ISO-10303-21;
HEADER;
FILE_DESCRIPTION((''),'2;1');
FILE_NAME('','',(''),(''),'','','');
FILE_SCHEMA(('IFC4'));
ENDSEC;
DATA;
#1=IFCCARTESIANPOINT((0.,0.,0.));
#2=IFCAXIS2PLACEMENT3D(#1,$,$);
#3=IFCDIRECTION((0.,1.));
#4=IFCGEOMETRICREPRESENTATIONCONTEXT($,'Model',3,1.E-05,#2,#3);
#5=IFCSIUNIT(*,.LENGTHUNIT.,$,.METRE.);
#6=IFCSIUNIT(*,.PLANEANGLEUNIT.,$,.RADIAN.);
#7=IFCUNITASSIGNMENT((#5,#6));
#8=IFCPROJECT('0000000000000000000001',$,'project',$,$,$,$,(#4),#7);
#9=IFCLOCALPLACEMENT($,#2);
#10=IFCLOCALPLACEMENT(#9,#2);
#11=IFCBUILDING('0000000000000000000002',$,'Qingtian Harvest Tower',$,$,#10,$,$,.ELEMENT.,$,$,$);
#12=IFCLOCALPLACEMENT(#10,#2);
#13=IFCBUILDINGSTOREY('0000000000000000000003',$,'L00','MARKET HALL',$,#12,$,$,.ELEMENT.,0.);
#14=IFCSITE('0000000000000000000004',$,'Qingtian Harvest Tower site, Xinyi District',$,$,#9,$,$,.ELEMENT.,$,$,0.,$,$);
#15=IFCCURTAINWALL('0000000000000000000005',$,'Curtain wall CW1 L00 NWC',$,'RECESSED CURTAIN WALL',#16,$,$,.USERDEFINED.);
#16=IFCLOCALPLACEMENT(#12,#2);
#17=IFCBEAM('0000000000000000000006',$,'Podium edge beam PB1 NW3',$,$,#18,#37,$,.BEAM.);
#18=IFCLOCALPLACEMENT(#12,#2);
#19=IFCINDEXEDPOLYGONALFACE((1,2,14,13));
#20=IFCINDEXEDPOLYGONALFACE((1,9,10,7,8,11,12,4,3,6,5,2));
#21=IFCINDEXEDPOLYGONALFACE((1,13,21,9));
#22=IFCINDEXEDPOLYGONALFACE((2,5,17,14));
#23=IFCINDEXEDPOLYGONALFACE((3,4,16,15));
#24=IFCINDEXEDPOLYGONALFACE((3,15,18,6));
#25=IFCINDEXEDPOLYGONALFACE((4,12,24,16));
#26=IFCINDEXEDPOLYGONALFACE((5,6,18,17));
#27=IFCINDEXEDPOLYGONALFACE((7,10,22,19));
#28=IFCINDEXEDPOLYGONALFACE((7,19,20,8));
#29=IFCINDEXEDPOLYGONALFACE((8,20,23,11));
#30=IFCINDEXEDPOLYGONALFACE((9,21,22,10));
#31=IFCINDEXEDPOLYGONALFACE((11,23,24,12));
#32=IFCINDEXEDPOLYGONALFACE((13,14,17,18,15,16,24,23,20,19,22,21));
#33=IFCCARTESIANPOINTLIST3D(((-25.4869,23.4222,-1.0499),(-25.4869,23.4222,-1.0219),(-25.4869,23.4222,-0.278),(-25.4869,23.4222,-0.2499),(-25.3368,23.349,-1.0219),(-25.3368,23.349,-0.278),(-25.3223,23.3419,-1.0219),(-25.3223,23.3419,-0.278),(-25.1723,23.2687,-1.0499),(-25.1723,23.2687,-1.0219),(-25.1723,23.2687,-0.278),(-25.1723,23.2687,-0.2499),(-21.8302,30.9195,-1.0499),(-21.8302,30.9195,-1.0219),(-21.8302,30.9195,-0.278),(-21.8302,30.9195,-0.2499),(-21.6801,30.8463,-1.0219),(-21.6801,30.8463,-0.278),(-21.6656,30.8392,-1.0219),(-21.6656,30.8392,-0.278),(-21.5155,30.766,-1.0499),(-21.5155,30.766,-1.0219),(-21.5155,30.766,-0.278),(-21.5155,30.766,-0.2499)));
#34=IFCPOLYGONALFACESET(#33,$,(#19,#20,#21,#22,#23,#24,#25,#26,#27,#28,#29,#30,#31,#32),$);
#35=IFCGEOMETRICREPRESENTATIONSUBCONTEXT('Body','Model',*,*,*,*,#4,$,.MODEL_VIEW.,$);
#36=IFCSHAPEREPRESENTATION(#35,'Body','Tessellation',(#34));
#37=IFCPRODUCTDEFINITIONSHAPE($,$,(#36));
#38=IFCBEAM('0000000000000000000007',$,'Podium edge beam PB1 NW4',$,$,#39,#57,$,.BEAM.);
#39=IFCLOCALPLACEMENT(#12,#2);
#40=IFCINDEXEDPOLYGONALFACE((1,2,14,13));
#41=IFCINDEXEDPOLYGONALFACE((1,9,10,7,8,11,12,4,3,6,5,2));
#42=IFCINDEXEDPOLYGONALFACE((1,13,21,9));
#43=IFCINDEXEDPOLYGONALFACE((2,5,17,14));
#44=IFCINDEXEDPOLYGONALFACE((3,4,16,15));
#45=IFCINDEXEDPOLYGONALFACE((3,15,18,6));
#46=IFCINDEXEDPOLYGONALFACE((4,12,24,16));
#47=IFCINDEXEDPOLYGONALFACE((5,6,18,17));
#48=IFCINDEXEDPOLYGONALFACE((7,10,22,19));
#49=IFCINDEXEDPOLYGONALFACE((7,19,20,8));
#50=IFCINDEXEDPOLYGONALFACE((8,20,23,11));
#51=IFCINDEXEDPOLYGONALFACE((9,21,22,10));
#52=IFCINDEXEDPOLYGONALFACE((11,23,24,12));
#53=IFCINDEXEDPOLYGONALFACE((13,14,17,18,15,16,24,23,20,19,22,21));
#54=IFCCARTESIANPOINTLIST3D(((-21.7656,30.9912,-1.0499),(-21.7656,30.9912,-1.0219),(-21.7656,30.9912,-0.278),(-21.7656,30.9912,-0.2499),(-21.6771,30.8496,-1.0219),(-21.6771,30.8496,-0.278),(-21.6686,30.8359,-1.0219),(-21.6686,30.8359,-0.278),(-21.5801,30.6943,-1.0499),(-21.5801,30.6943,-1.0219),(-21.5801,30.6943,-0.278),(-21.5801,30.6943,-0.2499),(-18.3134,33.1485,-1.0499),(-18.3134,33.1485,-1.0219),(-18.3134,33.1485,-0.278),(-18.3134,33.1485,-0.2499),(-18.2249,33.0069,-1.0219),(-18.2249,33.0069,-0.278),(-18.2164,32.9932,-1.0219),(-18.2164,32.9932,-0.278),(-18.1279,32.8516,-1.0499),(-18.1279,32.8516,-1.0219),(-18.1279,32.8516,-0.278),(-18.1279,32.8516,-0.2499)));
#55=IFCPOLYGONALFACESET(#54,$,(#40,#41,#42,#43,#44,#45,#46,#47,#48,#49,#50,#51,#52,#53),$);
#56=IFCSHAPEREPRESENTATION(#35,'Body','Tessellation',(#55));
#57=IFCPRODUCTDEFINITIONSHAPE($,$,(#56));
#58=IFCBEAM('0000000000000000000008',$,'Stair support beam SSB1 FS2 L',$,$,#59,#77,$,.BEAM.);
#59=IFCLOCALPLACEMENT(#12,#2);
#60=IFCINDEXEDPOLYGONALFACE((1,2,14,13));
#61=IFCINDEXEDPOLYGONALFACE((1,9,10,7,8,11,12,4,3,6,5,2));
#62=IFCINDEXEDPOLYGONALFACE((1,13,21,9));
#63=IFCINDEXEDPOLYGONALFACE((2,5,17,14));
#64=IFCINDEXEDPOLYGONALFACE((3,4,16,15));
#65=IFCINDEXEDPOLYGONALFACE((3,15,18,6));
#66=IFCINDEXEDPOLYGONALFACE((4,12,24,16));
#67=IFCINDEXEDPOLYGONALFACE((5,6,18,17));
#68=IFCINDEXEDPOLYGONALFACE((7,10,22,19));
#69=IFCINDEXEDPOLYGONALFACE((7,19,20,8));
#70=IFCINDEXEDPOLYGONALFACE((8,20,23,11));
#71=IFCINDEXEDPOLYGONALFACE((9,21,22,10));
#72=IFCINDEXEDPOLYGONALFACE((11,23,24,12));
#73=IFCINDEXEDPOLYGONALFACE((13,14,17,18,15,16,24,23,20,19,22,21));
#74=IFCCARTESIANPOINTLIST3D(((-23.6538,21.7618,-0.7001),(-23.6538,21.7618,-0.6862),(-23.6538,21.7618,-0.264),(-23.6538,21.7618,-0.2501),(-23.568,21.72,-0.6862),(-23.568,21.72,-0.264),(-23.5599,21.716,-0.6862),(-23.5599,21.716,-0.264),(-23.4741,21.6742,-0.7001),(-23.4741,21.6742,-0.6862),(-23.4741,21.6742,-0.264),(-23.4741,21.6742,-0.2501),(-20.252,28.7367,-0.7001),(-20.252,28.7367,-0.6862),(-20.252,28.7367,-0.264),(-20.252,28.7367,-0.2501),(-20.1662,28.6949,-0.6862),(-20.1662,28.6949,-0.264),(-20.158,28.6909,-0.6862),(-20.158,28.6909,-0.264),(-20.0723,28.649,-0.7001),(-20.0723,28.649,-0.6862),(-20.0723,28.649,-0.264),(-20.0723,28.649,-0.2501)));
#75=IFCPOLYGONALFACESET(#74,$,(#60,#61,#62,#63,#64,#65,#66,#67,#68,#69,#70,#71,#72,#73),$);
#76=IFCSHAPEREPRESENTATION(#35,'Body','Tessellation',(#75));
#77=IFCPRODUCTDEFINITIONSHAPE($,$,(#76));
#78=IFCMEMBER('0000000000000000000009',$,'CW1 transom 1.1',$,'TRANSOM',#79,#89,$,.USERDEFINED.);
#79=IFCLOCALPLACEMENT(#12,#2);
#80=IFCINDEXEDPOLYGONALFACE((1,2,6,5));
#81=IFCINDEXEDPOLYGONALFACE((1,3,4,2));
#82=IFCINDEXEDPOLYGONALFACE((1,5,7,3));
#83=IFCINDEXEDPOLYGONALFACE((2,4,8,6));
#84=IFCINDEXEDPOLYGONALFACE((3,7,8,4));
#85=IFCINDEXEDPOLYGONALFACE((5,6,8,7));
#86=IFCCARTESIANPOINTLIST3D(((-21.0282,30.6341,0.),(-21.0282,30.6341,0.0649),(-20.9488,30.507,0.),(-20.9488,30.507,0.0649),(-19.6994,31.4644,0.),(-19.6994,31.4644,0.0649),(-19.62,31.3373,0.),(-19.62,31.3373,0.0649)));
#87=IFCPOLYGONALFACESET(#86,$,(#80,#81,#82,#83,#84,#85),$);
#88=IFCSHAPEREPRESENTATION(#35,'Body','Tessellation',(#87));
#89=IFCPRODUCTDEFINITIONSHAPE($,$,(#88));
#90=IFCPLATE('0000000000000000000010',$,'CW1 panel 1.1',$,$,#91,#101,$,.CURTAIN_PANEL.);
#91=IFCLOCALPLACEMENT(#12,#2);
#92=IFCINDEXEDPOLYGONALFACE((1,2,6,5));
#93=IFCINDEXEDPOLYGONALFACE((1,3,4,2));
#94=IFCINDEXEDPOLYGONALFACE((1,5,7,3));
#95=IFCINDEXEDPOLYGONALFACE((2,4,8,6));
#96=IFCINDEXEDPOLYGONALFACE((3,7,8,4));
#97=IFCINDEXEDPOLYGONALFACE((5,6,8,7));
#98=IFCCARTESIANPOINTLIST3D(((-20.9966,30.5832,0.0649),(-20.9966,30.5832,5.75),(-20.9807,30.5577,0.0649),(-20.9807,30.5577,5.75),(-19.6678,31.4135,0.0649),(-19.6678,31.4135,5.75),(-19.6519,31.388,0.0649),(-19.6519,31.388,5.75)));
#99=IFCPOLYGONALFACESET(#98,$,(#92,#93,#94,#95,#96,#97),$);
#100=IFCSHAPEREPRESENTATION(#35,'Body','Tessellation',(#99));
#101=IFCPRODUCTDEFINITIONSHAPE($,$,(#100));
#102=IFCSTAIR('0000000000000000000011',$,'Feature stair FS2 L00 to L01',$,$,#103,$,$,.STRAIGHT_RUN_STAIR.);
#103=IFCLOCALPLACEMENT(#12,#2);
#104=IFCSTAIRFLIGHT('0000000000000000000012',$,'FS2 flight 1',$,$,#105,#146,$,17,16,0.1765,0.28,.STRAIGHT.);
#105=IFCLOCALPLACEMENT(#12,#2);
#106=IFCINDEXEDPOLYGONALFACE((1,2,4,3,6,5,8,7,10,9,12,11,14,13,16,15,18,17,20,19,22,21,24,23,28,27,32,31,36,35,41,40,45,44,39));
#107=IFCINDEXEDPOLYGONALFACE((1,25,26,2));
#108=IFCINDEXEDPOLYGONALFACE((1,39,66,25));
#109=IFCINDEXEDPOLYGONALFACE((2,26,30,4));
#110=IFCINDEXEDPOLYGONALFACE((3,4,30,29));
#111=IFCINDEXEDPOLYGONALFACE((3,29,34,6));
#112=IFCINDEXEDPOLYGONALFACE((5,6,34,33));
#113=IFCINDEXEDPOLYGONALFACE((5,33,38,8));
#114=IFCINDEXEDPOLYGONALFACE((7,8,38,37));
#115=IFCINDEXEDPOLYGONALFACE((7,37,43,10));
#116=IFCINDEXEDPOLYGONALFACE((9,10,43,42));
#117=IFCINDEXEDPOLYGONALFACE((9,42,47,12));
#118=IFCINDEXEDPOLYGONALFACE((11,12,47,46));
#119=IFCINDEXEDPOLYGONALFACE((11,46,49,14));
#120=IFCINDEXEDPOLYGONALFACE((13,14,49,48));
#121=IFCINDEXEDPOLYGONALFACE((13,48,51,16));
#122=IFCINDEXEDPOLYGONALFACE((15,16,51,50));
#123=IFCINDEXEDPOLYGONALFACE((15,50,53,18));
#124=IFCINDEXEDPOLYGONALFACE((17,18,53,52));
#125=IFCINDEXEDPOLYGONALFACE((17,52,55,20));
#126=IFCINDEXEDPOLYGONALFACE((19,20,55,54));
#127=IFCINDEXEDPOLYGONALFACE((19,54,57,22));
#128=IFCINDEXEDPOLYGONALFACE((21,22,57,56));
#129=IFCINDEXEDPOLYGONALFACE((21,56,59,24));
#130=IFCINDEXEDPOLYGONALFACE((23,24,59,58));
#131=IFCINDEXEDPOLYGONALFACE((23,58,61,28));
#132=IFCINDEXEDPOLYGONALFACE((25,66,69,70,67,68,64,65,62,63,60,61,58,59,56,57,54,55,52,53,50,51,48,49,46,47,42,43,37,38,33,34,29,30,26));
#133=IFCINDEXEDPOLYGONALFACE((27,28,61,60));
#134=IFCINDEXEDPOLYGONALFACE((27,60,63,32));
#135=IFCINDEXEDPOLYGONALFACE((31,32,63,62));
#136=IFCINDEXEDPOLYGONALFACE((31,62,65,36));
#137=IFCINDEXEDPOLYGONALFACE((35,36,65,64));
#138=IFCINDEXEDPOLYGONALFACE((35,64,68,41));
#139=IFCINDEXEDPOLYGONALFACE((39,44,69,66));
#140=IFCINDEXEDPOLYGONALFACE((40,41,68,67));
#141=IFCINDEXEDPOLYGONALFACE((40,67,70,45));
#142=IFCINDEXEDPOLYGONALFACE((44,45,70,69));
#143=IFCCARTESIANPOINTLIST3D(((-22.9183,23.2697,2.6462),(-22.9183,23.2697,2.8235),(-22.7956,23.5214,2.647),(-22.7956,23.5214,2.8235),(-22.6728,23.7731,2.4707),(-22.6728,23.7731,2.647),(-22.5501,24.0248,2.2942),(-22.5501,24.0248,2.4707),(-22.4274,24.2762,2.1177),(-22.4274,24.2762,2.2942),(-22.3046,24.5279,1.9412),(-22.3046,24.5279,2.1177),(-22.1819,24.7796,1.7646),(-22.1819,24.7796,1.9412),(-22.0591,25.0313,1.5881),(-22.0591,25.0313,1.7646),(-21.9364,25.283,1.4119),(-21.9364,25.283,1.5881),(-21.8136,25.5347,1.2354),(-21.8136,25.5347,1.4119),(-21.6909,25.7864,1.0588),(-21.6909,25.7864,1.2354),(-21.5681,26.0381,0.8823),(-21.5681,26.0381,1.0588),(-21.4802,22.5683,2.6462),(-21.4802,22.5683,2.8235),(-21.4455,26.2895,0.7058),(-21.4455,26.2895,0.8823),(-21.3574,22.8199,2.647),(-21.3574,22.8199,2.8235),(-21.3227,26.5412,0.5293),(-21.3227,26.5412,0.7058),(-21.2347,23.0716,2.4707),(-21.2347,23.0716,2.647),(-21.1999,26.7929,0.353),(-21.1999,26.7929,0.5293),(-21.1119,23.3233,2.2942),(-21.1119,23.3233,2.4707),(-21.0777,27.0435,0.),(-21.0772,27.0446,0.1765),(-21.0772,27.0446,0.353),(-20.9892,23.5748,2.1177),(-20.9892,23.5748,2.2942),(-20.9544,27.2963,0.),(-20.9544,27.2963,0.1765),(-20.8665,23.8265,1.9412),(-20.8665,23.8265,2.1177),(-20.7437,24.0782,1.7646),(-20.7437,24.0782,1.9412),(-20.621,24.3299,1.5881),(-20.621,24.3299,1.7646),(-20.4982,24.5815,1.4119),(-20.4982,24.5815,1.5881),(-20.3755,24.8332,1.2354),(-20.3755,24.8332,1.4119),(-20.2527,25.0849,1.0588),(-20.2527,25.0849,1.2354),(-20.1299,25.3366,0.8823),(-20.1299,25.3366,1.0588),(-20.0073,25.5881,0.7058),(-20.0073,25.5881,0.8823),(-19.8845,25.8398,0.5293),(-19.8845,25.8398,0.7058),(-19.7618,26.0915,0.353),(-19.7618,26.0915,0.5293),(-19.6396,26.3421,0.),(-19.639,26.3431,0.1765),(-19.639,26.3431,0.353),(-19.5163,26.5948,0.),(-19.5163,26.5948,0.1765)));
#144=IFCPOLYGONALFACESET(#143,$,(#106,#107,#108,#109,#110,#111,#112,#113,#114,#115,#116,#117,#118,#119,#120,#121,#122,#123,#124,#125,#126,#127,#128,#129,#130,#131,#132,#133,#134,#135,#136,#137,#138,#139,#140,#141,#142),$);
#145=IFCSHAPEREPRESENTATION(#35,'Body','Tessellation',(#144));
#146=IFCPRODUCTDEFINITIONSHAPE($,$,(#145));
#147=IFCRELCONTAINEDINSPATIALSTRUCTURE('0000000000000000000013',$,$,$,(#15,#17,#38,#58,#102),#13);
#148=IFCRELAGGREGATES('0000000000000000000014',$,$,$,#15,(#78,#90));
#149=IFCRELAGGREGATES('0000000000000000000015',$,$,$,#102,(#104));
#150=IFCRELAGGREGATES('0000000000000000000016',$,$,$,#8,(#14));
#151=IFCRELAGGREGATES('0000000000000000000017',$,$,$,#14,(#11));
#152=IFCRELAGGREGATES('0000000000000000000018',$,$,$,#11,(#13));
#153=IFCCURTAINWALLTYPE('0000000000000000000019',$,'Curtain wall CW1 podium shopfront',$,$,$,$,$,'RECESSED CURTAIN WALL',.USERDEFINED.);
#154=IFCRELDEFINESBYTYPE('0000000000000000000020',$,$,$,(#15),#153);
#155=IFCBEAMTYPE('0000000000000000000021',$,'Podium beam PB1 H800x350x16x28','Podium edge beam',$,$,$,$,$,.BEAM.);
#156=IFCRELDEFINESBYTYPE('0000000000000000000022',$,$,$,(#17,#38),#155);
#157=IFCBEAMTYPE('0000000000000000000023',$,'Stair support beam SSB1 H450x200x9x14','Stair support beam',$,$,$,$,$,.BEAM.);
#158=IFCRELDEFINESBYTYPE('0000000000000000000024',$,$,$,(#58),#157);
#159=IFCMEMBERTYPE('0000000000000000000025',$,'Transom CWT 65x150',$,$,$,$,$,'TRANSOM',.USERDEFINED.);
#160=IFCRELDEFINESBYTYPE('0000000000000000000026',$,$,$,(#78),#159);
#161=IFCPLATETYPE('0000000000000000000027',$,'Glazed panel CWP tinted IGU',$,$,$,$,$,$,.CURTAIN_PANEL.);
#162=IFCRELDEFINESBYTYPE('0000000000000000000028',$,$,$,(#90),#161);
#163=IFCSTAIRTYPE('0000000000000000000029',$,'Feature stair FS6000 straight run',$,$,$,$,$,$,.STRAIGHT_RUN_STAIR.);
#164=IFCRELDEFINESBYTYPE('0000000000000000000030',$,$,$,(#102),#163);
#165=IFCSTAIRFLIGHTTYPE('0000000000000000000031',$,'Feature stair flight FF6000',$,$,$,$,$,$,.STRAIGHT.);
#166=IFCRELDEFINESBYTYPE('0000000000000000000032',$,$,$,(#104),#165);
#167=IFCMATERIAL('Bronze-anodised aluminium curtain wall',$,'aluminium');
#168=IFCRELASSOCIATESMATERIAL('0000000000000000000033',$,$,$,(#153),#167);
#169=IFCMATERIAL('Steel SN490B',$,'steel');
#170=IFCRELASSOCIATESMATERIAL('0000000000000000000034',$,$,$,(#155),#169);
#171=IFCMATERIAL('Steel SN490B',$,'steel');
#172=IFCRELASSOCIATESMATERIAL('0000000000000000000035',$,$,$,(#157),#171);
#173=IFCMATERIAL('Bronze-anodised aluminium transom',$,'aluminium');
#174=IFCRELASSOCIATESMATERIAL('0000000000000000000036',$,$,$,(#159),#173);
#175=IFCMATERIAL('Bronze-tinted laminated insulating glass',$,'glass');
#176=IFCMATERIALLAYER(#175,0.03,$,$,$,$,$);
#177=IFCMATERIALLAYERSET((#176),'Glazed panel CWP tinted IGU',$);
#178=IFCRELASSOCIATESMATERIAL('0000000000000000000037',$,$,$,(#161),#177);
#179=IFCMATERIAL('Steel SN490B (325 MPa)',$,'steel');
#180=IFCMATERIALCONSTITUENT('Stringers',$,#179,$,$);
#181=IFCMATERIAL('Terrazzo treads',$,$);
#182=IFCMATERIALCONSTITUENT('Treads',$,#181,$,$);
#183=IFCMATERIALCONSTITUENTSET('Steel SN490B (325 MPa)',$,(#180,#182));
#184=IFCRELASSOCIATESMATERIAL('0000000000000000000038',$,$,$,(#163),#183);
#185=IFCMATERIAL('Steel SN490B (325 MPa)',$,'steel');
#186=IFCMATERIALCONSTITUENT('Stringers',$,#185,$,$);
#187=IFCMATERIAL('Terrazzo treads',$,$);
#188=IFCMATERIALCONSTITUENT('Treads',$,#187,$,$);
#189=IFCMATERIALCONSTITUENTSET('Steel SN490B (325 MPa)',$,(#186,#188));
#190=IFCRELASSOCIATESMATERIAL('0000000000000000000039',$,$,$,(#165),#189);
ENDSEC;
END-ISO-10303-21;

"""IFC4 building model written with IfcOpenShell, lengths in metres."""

from ifc_helpers import new_model, si_unit, direction, frame, origin, origin_2d, place, context, subcontext, project, spatial, polyline, rectangle, i_section, outline, extrude, material, layer, layer_set, constituent, constituent_set, material_profile, profile_set, type_object, element, aggregate, save


model = new_model("IFC4")

# Units and contexts
model_context = context("Model", 3, precision=1e-05, world=origin(), true_north=direction((0.0, 1.0)))
body_context = subcontext(model_context, "Body", "Model", "MODEL_VIEW")
ifc_project = project(units=[si_unit("LENGTHUNIT", "METRE"), si_unit("PLANEANGLEUNIT", "RADIAN")], contexts=[model_context])

# Site, building, storey
site_placement = place(None, origin())
site = spatial("IfcSite", under=ifc_project, at=site_placement, Name="Qingtian Harvest Tower site, Xinyi District", CompositionType="ELEMENT", RefElevation=0.0)
building_placement = place(site_placement, origin())
building = spatial("IfcBuilding", under=site, at=building_placement, Name="Qingtian Harvest Tower", CompositionType="ELEMENT")
storey_placement = place(building_placement, origin())
storey = spatial("IfcBuildingStorey", under=building, at=storey_placement, Name="L00", Description="MARKET HALL", CompositionType="ELEMENT", Elevation=0.0)

# Curtain wall
ifc_material_1 = material(Name="Bronze-anodised aluminium curtain wall", Category="aluminium")
curtain_wall_type = type_object("IfcCurtainWallType", Name="Curtain wall CW1 podium shopfront", ElementType="RECESSED CURTAIN WALL", PredefinedType="USERDEFINED", material=ifc_material_1)
curtain_wall_placement = place(storey_placement, origin())
curtain_wall = element("IfcCurtainWall", 1, at=curtain_wall_placement, inside=storey, type_object=curtain_wall_type, Name="Curtain wall CW1 L00 NWC", ObjectType="RECESSED CURTAIN WALL", PredefinedType="USERDEFINED")

# Beams
ifc_material_2 = material(Name="Steel SN490B", Category="steel")
ifc_material_profile_1 = material_profile(ifc_material_2, i_section(OverallWidth=0.3501, OverallDepth=0.8, WebThickness=0.0161, FlangeThickness=0.0281, at=origin_2d()), Name="H800x350x16x28")
ifc_profile_set_1 = profile_set([ifc_material_profile_1], Name="Steel SN490B")
beam_type_1 = type_object("IfcBeamType", Name="Podium beam PB1 H800x350x16x28", Description="Podium edge beam", PredefinedType="BEAM", material=ifc_profile_set_1)
beam_1_placement = place(storey_placement, frame((-25.3296, 23.3455, -0.6499), z_axis=(0.438376, 0.898792, 0.0), x_axis=(-0.898792, 0.438376, 0.0)))
element("IfcBeam", 2, at=beam_1_placement, inside=storey, type_object=beam_type_1, Name="Podium edge beam PB1 NW3", PredefinedType="BEAM", context=body_context, shape_type="SweptSolid", body=[
    extrude(i_section(OverallWidth=0.3501, OverallDepth=0.8, WebThickness=0.0161, FlangeThickness=0.0281, at=origin_2d()), origin(), (0.0, 0.0, 1.0), 8.3416),
])
beam_2_placement = place(storey_placement, frame((-21.6729, 30.8428, -0.6499), z_axis=(0.848039, 0.529934, 0.0), x_axis=(-0.529934, 0.848039, 0.0)))
element("IfcBeam", 3, at=beam_2_placement, inside=storey, type_object=beam_type_1, Name="Podium edge beam PB1 NW4", PredefinedType="BEAM", context=body_context, shape_type="SweptSolid", body=[
    extrude(i_section(OverallWidth=0.3501, OverallDepth=0.8, WebThickness=0.0161, FlangeThickness=0.0281, at=origin_2d()), origin(), (0.0, 0.0, 1.0), 4.0708),
])
ifc_material_3 = material(Name="Steel SN490B", Category="steel")
ifc_material_profile_2 = material_profile(ifc_material_3, i_section(OverallWidth=0.2, OverallDepth=0.45, WebThickness=0.009, FlangeThickness=0.0139, at=origin_2d()), Name="H450x200x9x14")
ifc_profile_set_2 = profile_set([ifc_material_profile_2], Name="Steel SN490B")
beam_type_2 = type_object("IfcBeamType", Name="Stair support beam SSB1 H450x200x9x14", Description="Stair support beam", PredefinedType="BEAM", material=ifc_profile_set_2)
beam_3_placement = place(storey_placement, frame((-20.1621, 28.6929, -0.4751), z_axis=(-0.43837, -0.898794, 0.0), x_axis=(0.898794, -0.43837, 0.0)))
element("IfcBeam", 4, at=beam_3_placement, inside=storey, type_object=beam_type_2, Name="Stair support beam SSB1 FS2 L", PredefinedType="BEAM", context=body_context, shape_type="SweptSolid", body=[
    extrude(i_section(OverallWidth=0.2, OverallDepth=0.45, WebThickness=0.009, FlangeThickness=0.0139, at=origin_2d()), origin(), (0.0, 0.0, 1.0), 7.7603),
])

# Member
ifc_material_4 = material(Name="Bronze-anodised aluminium transom", Category="aluminium")
ifc_material_profile_3 = material_profile(ifc_material_4, rectangle(XDim=0.1499, YDim=0.0649, at=origin_2d()), Name="AL 65x150")
ifc_profile_set_3 = profile_set([ifc_material_profile_3], Name="Bronze-anodised aluminium transom")
member_type_1 = type_object("IfcMemberType", Name="Transom CWT 65x150", ElementType="TRANSOM", PredefinedType="USERDEFINED", material=ifc_profile_set_3)
member_1_placement = place(storey_placement, frame((-20.9885, 30.5706, 0.0325), z_axis=(0.84806, 0.529901, 0.0), x_axis=(-0.529901, 0.84806, 0.0)))
member_1 = element("IfcMember", 5, at=member_1_placement, type_object=member_type_1, Name="CW1 transom 1.1", ObjectType="TRANSOM", PredefinedType="USERDEFINED", context=body_context, shape_type="SweptSolid", body=[
    extrude(rectangle(XDim=0.1499, YDim=0.0649, at=origin_2d()), origin(), (0.0, 0.0, 1.0), 1.5669),
])

# Plate
ifc_material_5 = material(Name="Bronze-tinted laminated insulating glass", Category="glass")
ifc_layer = layer(ifc_material_5, 0.03)
ifc_layer_set = layer_set([ifc_layer], Name="Glazed panel CWP tinted IGU")
plate_type = type_object("IfcPlateType", Name="Glazed panel CWP tinted IGU", PredefinedType="CURTAIN_PANEL", material=ifc_layer_set)
plate_placement = place(storey_placement, frame((-20.3242, 30.9856, 0.0649), z_axis=(0.0, 0.0, 1.0), x_axis=(0.848048, 0.529919, 0.0)))
plate = element("IfcPlate", 6, at=plate_placement, type_object=plate_type, Name="CW1 panel 1.1", PredefinedType="CURTAIN_PANEL", context=body_context, shape_type="SweptSolid", body=[
    extrude(rectangle(XDim=1.5669, YDim=0.03, at=origin_2d()), origin(), (0.0, 0.0, 1.0), 5.6851),
])
aggregate(curtain_wall, [member_1, plate])

# Stair, stair flight
ifc_material_6 = material(Name="Steel SN490B (325 MPa)", Category="steel")
ifc_constituent_1 = constituent(ifc_material_6, Name="Stringers")
ifc_material_7 = material(Name="Terrazzo treads")
ifc_constituent_2 = constituent(ifc_material_7, Name="Treads")
ifc_constituent_set_1 = constituent_set(constituents=[ifc_constituent_1, ifc_constituent_2], Name="Steel SN490B (325 MPa)")
stair_type = type_object("IfcStairType", Name="Feature stair FS6000 straight run", PredefinedType="STRAIGHT_RUN_STAIR", material=ifc_constituent_set_1)
stair_placement = place(storey_placement, origin())
stair = element("IfcStair", 7, at=stair_placement, inside=storey, type_object=stair_type, Name="Feature stair FS2 L00 to L01", PredefinedType="STRAIGHT_RUN_STAIR")
ifc_material_8 = material(Name="Steel SN490B (325 MPa)", Category="steel")
ifc_constituent_3 = constituent(ifc_material_8, Name="Stringers")
ifc_material_9 = material(Name="Terrazzo treads")
ifc_constituent_4 = constituent(ifc_material_9, Name="Treads")
ifc_constituent_set_2 = constituent_set(constituents=[ifc_constituent_3, ifc_constituent_4], Name="Steel SN490B (325 MPa)")
stair_flight_type = type_object("IfcStairFlightType", Name="Feature stair flight FF6000", PredefinedType="STRAIGHT", material=ifc_constituent_set_2)
stair_flight_placement = place(storey_placement, frame((-20.2354, 26.9456, 0.0), z_axis=(0.0, 0.0, 1.0), x_axis=(-0.438371, -0.898794, 0.0)))
stair_flight = element("IfcStairFlight", 8, at=stair_flight_placement, type_object=stair_flight_type, Name="FS2 flight 1", NumberOfRisers=17, NumberOfTreads=16, PredefinedType="STRAIGHT", RiserHeight=0.1765, TreadLength=0.28, context=body_context, shape_type="SweptSolid", body=[
    extrude(outline(polyline([(0.0, 0.0), (0.0, 0.1765), (0.28, 0.1765), (0.28, 0.353), (0.5601, 0.353), (0.5601, 0.5293), (0.8401, 0.5293), (0.8401, 0.7058), (1.1201, 0.7058), (1.1201, 0.8823), (1.3999, 0.8823), (1.3999, 1.0588), (1.6799, 1.0588), (1.6799, 1.2354), (1.96, 1.2354), (1.96, 1.4119), (2.24, 1.4119), (2.24, 1.5881), (2.52, 1.5881), (2.52, 1.7646), (2.8, 1.7646), (2.8, 1.9412), (3.0801, 1.9412), (3.0801, 2.1177), (3.3601, 2.1177), (3.3601, 2.2942), (3.6399, 2.2942), (3.6399, 2.4707), (3.9199, 2.4707), (3.9199, 2.647), (4.2, 2.647), (4.2, 2.8235), (4.48, 2.8235), (4.48, 3.0), (4.48, 2.6462), (0.2812, 0.0), (0.0, 0.0)])), frame((0.0, 0.8, 0.0), z_axis=(0.0, -1.0, 0.0), x_axis=(1.0, 0.0, 0.0)), (0.0, 0.0, 1.0), 1.6001),
])
aggregate(stair, [stair_flight])

save(model, "model.ifc")
